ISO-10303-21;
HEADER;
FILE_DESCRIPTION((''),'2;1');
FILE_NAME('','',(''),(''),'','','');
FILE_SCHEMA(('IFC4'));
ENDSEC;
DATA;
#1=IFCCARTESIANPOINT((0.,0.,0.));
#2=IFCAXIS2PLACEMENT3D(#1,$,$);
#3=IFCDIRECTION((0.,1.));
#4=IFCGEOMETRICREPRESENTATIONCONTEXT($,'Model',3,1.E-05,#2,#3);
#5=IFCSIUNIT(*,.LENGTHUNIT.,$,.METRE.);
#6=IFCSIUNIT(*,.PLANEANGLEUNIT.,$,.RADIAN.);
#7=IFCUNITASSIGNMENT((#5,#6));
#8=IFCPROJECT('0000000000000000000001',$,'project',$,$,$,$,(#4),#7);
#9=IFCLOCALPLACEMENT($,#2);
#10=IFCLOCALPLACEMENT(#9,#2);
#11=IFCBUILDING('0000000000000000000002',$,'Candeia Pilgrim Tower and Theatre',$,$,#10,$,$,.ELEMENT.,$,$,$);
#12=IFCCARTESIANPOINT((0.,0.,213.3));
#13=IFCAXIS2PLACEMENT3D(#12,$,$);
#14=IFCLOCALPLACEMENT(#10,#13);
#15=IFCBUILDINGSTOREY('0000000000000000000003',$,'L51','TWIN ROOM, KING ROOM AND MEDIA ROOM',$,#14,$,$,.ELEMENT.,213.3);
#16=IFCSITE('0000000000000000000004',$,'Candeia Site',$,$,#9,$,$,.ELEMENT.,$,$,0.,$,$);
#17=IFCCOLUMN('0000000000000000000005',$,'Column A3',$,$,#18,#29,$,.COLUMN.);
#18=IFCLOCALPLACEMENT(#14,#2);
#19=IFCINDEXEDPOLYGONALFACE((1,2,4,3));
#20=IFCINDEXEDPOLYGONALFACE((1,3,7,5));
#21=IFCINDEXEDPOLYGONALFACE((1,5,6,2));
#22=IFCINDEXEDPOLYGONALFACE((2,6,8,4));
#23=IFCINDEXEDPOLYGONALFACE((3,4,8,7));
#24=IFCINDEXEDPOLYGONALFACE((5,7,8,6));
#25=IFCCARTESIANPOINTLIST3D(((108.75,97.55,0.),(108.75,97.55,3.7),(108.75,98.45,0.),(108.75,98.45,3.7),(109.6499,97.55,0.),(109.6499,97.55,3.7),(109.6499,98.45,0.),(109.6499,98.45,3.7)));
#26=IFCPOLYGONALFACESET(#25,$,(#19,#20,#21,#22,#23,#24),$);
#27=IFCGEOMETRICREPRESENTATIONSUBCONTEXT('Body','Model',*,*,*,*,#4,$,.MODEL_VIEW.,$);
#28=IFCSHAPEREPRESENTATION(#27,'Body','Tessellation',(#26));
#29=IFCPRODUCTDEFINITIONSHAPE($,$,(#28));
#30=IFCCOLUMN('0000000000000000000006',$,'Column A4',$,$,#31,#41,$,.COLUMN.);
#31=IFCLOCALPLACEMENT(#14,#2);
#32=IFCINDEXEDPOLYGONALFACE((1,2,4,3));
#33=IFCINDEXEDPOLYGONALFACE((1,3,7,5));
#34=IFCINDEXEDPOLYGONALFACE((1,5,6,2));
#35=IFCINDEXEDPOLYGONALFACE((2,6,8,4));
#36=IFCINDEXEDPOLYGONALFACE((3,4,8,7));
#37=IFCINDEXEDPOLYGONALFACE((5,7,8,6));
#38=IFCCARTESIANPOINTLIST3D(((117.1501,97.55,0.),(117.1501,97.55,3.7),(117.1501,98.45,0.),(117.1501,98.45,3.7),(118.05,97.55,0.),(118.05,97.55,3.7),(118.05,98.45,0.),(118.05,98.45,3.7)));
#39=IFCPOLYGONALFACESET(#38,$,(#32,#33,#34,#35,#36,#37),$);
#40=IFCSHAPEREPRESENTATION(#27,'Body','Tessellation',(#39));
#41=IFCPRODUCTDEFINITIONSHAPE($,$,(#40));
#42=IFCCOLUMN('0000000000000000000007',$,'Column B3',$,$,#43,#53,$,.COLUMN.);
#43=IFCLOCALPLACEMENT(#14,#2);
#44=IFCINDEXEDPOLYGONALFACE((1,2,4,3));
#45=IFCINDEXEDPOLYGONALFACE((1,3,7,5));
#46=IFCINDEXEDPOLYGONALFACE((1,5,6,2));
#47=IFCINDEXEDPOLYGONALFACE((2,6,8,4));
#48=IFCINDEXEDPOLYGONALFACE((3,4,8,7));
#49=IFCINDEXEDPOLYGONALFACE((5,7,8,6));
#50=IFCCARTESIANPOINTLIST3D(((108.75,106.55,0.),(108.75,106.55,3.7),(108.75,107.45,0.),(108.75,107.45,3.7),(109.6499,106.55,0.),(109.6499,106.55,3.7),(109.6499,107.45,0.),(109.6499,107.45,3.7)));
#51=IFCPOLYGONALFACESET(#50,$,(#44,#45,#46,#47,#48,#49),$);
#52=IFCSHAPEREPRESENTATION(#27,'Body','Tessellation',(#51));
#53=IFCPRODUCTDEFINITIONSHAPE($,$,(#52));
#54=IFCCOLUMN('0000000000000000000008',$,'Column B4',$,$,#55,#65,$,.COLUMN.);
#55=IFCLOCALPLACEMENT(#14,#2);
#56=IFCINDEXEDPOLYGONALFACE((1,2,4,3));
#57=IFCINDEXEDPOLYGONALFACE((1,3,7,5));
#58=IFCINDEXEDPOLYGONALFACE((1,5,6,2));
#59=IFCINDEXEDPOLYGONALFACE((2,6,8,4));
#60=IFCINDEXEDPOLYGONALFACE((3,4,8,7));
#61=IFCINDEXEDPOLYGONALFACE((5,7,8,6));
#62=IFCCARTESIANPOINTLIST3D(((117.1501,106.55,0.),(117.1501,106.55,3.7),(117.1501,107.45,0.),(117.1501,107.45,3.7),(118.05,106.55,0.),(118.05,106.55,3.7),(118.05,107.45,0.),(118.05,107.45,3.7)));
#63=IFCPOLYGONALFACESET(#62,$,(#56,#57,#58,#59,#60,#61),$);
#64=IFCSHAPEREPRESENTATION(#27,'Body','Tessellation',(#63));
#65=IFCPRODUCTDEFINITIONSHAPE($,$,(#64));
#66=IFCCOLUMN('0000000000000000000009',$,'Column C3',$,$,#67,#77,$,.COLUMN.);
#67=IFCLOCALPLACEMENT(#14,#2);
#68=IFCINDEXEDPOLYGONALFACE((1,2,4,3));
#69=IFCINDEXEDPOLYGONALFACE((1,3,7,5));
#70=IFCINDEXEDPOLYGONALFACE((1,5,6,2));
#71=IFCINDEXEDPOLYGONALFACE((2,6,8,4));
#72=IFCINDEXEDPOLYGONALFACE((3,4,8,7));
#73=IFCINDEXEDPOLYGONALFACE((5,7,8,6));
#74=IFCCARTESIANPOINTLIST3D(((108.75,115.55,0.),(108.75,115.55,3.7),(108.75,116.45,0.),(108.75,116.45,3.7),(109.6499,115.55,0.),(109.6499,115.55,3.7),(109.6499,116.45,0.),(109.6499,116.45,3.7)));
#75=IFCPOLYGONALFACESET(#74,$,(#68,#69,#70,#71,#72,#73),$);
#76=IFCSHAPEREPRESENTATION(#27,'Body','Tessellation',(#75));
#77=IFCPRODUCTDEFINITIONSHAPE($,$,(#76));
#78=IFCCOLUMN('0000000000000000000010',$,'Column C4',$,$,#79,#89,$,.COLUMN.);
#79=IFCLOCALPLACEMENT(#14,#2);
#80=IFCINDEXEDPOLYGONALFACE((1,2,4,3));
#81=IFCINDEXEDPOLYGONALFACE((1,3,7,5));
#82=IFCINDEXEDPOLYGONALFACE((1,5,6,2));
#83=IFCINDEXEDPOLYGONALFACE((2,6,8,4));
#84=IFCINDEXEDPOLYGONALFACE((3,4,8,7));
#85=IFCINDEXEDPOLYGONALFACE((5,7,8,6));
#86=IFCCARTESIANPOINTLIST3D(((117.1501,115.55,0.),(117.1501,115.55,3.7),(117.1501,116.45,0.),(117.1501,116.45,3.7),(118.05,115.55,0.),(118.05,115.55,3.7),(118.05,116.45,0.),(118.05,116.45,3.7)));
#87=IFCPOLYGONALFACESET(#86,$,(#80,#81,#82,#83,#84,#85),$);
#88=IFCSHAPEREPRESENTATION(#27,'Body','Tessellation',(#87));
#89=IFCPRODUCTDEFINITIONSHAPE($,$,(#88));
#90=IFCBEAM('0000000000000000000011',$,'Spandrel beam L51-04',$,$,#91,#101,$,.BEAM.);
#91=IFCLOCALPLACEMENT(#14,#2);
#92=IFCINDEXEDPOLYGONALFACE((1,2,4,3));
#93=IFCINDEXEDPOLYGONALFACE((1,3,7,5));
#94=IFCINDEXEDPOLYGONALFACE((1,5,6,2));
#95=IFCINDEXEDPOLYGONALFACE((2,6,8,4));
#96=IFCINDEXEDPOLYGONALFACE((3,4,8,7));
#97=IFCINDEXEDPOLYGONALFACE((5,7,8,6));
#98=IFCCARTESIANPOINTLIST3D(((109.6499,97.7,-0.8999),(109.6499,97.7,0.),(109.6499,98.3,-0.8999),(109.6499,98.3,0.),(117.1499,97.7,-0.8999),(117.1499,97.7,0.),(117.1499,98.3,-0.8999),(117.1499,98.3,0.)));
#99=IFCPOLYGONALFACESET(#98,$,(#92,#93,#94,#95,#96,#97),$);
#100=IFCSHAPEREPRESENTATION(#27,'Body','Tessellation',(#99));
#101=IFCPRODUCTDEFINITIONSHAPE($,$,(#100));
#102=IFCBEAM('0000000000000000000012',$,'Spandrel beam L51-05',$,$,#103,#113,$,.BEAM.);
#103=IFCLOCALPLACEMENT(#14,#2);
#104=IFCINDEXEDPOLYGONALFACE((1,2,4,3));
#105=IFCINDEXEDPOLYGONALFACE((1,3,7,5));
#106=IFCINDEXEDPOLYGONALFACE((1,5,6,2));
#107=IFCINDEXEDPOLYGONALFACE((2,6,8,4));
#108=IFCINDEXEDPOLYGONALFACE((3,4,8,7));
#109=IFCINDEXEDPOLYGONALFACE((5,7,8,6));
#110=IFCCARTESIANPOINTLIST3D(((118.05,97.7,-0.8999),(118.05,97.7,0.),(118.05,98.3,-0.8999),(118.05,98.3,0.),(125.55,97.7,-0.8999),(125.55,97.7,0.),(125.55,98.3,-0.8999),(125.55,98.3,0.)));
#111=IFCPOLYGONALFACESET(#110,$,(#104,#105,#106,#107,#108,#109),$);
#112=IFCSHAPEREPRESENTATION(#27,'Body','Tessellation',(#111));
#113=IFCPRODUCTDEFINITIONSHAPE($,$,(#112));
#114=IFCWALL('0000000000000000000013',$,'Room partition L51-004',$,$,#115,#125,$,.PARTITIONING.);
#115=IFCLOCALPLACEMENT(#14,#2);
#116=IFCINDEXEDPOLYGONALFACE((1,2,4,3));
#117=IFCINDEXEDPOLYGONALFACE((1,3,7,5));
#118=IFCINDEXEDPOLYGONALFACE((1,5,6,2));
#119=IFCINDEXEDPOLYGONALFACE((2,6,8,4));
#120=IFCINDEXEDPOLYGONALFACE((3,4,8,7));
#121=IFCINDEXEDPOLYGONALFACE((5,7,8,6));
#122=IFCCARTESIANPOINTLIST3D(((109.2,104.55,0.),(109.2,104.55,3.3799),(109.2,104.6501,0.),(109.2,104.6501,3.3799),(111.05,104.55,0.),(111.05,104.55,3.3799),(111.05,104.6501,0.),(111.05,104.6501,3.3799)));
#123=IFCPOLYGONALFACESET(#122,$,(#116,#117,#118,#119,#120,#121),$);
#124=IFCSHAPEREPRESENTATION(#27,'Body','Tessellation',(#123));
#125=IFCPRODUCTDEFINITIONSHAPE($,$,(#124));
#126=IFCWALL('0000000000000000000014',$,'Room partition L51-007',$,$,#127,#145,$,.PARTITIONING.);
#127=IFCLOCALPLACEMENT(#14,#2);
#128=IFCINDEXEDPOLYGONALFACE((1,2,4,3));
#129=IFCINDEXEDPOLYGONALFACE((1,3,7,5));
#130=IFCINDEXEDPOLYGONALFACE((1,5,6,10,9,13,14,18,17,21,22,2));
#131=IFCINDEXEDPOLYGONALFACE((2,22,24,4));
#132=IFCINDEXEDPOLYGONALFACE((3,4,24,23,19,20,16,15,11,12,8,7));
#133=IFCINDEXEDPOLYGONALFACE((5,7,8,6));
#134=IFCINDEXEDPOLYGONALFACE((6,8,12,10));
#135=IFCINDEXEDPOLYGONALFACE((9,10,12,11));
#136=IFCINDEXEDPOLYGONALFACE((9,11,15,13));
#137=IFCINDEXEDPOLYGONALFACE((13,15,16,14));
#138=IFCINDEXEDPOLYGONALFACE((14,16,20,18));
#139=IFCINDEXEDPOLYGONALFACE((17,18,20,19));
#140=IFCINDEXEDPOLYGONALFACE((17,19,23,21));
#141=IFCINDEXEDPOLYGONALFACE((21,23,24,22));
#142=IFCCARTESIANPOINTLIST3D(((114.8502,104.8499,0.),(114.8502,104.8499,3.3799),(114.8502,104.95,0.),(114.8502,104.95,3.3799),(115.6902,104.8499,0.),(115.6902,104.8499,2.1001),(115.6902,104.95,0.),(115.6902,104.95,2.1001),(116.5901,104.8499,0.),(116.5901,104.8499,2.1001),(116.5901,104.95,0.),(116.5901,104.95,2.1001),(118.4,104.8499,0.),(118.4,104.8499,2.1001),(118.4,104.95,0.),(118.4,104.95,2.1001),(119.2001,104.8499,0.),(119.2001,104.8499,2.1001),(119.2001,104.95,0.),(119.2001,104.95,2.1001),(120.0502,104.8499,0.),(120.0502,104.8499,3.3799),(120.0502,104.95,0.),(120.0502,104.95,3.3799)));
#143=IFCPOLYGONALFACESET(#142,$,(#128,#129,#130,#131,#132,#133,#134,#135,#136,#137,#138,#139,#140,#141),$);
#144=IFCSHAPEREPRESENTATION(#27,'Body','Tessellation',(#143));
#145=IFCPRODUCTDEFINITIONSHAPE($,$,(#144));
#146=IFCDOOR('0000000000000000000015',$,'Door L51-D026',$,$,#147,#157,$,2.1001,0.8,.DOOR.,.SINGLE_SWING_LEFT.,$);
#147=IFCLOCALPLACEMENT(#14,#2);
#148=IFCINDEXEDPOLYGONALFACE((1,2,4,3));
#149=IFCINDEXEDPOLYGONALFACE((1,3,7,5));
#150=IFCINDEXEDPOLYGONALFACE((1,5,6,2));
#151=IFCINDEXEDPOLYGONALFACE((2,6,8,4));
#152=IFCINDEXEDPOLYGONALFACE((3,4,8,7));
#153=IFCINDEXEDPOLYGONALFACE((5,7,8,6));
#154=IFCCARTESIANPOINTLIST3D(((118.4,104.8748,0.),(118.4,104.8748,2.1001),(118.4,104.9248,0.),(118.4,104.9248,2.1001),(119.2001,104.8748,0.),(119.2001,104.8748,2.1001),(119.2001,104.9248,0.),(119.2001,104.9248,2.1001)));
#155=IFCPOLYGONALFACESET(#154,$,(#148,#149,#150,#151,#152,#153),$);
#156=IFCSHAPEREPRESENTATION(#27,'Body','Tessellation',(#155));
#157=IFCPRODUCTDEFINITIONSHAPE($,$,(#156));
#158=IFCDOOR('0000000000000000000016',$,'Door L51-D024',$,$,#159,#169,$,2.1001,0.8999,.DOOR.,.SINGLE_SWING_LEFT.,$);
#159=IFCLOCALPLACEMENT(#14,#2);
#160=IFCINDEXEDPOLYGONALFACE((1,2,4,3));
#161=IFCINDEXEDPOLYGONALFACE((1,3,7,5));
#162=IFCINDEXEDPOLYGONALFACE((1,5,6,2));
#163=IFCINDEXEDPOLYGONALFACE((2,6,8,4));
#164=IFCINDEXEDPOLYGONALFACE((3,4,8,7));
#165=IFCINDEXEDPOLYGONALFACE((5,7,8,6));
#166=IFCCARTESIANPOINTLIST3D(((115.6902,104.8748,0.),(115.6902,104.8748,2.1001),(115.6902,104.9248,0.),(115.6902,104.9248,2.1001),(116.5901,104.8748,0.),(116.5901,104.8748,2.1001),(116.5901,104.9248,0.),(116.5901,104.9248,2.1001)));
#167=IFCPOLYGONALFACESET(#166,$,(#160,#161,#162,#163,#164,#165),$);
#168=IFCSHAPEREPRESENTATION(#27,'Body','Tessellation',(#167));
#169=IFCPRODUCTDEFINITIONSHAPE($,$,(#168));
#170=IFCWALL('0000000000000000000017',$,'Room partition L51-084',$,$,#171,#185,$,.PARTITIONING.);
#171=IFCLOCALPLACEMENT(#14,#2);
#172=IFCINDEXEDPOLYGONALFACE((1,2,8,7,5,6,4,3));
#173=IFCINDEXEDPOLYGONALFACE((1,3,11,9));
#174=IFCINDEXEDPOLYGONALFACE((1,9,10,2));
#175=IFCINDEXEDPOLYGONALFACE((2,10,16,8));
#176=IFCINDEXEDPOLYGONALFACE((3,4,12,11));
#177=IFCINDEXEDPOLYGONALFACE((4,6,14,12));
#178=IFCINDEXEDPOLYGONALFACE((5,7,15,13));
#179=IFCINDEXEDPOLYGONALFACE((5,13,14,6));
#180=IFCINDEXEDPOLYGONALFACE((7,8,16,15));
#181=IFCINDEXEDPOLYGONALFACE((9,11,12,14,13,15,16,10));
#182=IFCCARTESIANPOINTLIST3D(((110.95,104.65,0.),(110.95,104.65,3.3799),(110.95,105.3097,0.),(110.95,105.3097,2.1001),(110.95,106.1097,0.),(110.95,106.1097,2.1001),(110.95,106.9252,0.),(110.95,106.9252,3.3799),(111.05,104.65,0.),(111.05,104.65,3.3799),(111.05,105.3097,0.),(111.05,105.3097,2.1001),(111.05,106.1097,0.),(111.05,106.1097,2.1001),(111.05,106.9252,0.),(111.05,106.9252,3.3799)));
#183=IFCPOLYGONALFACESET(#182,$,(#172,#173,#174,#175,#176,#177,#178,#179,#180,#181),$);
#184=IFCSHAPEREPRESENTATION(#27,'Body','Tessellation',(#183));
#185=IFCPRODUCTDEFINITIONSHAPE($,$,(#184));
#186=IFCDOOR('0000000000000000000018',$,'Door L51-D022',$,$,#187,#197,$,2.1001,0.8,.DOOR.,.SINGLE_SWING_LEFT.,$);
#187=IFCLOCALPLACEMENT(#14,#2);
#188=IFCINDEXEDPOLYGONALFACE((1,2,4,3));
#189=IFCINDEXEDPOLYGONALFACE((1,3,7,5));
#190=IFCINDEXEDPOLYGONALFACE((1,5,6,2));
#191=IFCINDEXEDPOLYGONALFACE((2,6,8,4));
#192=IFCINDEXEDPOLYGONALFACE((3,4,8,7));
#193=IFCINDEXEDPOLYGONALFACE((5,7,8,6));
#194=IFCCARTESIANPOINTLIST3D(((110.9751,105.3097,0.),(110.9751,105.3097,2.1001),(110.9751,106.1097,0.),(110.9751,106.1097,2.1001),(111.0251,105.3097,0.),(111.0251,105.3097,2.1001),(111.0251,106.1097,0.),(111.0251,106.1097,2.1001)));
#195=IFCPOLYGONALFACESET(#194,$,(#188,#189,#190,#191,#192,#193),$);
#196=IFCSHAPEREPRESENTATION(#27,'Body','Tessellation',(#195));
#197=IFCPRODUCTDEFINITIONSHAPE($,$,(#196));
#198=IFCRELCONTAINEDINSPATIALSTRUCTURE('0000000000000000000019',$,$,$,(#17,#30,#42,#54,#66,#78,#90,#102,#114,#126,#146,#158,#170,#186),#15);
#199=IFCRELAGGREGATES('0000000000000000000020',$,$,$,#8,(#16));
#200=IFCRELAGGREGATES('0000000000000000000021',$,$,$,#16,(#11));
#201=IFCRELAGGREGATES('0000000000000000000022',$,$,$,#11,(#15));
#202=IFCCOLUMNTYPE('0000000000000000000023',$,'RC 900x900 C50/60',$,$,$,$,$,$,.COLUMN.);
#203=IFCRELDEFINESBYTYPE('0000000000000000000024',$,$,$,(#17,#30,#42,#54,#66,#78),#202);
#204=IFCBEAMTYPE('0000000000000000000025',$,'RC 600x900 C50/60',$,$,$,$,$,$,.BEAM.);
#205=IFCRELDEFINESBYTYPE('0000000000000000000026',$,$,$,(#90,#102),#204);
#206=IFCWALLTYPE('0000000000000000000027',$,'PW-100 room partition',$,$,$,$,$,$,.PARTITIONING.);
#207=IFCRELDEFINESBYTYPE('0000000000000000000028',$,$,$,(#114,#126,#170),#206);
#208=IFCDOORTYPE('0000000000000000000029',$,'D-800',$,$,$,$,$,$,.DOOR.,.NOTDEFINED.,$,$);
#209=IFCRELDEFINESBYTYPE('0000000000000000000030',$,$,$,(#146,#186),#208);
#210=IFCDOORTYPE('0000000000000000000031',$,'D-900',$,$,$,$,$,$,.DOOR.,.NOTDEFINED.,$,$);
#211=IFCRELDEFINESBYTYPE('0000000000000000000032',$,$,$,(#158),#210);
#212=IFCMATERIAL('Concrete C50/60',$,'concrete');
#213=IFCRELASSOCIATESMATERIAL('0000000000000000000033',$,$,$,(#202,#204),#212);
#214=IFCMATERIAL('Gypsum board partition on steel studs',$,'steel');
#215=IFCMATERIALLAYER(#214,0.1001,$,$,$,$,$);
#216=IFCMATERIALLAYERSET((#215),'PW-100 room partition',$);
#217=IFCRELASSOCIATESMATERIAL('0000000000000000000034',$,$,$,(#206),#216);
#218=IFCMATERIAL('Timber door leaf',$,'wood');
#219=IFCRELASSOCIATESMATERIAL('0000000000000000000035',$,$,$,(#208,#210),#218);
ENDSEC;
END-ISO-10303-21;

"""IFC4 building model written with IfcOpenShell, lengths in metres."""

from ifc_helpers import new_model, si_unit, direction, frame, frame_2d, origin, origin_2d, place, context, subcontext, project, spatial, rectangle, extrude, material, layer, layer_set, material_profile, profile_set, type_object, element, fill, save


model = new_model("IFC4")

# Units and contexts
model_context = context("Model", 3, precision=1e-05, world=origin(), true_north=direction((0.0, 1.0)))
body_context = subcontext(model_context, "Body", "Model", "MODEL_VIEW")
ifc_project = project(units=[si_unit("LENGTHUNIT", "METRE"), si_unit("PLANEANGLEUNIT", "RADIAN")], contexts=[model_context])

# Site, building, storey
site_placement = place(None, origin())
site = spatial("IfcSite", under=ifc_project, at=site_placement, Name="Candeia Site", CompositionType="ELEMENT", RefElevation=0.0)
building_placement = place(site_placement, origin())
building = spatial("IfcBuilding", under=site, at=building_placement, Name="Candeia Pilgrim Tower and Theatre", CompositionType="ELEMENT")
storey_placement = place(building_placement, frame((0.0, 0.0, 213.3)))
storey = spatial("IfcBuildingStorey", under=building, at=storey_placement, Name="L51", Description="TWIN ROOM, KING ROOM AND MEDIA ROOM", CompositionType="ELEMENT", Elevation=213.3)

# Columns
ifc_material_1 = material(Name="Concrete C50/60", Category="concrete")
ifc_material_profile_1 = material_profile(ifc_material_1, rectangle(XDim=0.8999, YDim=0.8999, at=origin_2d()))
ifc_profile_set_1 = profile_set([ifc_material_profile_1], Name="Concrete C50/60")
column_type = type_object("IfcColumnType", Name="RC 900x900 C50/60", PredefinedType="COLUMN", material=ifc_profile_set_1)
for number, where, z_axis, x_axis, name in (
    (1, (109.2, 98.0, 0.0), (0.0, 0.0, 1.0), (1.0, 0.0, 0.0), "Column A3"),
    (2, (117.6001, 98.0, 0.0), (0.0, 0.0, 1.0), (1.0, 0.0, 0.0), "Column A4"),
    (3, (109.2, 107.0, 0.0), (0.0, 0.0, 1.0), (1.0, 0.0, 0.0), "Column B3"),
    (4, (117.6001, 107.0, 0.0), (0.0, 0.0, 1.0), (1.0, 0.0, 0.0), "Column B4"),
    (5, (109.2, 116.0, 0.0), (0.0, 0.0, 1.0), (1.0, 0.0, 0.0), "Column C3"),
    (6, (117.6001, 116.0, 0.0), (0.0, 0.0, 1.0), (1.0, 0.0, 0.0), "Column C4"),
):
    element("IfcColumn", number, at=place(storey_placement, frame(where, z_axis=z_axis, x_axis=x_axis)), inside=storey, type_object=column_type, Name=name, PredefinedType="COLUMN", context=body_context, shape_type="SweptSolid", body=[
        extrude(rectangle(XDim=0.8999, YDim=0.8999, at=origin_2d()), origin(), (0.0, 0.0, 1.0), 3.7),
    ])

# Beams
ifc_material_profile_2 = material_profile(ifc_material_1, rectangle(XDim=0.6001, YDim=0.8999, at=origin_2d()))
ifc_profile_set_2 = profile_set([ifc_material_profile_2], Name="Concrete C50/60")
beam_type = type_object("IfcBeamType", Name="RC 600x900 C50/60", PredefinedType="BEAM", material=ifc_profile_set_2)
for number, where, z_axis, x_axis, name in (
    (7, (109.6499, 98.0, -0.45), (1.0, 0.0, 0.0), (0.0, 1.0, 0.0), "Spandrel beam L51-04"),
    (8, (118.05, 98.0, -0.45), (1.0, 0.0, 0.0), (0.0, 1.0, 0.0), "Spandrel beam L51-05"),
):
    element("IfcBeam", number, at=place(storey_placement, frame(where, z_axis=z_axis, x_axis=x_axis)), inside=storey, type_object=beam_type, Name=name, PredefinedType="BEAM", context=body_context, shape_type="SweptSolid", body=[
        extrude(rectangle(XDim=0.6001, YDim=0.8999, at=origin_2d()), origin(), (0.0, 0.0, 1.0), 7.5),
    ])

# Wall
ifc_material_2 = material(Name="Gypsum board partition on steel studs", Category="steel")
ifc_layer_1 = layer(ifc_material_2, 0.1001)
ifc_layer_set_1 = layer_set([ifc_layer_1], Name="PW-100 room partition")
wall_type_1 = type_object("IfcWallType", Name="PW-100 room partition", PredefinedType="PARTITIONING", material=ifc_layer_set_1)
wall_1_placement = place(storey_placement, frame((109.2, 104.6001, 0.0), z_axis=(0.0, 0.0, 1.0), x_axis=(1.0, 0.0, 0.0)))
element("IfcWall", 9, at=wall_1_placement, inside=storey, type_object=wall_type_1, Name="Room partition L51-004", PredefinedType="PARTITIONING", context=body_context, shape_type="SweptSolid", body=[
    extrude(rectangle(XDim=1.8501, YDim=0.1001, at=frame_2d((0.925, 0.0))), origin(), (0.0, 0.0, 1.0), 3.3799),
])

# Wall, openings, doors
wall_2_placement = place(storey_placement, frame((114.8501, 104.8999, 0.0), z_axis=(0.0, 0.0, 1.0), x_axis=(1.0, 0.0, 0.0)))
wall_2 = element("IfcWall", 10, at=wall_2_placement, inside=storey, type_object=wall_type_1, Name="Room partition L51-007", PredefinedType="PARTITIONING", context=body_context, shape_type="SweptSolid", body=[
    extrude(rectangle(XDim=5.2, YDim=0.1001, at=frame_2d((2.6001, 0.0))), origin(), (0.0, 0.0, 1.0), 3.3799),
])
opening_1_placement = place(wall_2_placement, frame((0.8401, 0.0, 0.0)))
opening_1 = element("IfcOpeningElement", 11, at=opening_1_placement, cuts=wall_2, PredefinedType="OPENING", context=body_context, shape_type="SweptSolid", body=[
    extrude(rectangle(XDim=0.8999, YDim=2.1001, at=frame_2d((0.45, 1.05))), frame((0.0, 0.0601, 0.0), z_axis=(0.0, -1.0, 0.0), x_axis=(1.0, 0.0, 0.0)), (0.0, 0.0, 1.0), 0.1201),
])
opening_2_placement = place(wall_2_placement, frame((3.55, 0.0, 0.0)))
opening_2 = element("IfcOpeningElement", 12, at=opening_2_placement, cuts=wall_2, PredefinedType="OPENING", context=body_context, shape_type="SweptSolid", body=[
    extrude(rectangle(XDim=0.8, YDim=2.1001, at=frame_2d((0.3999, 1.05))), frame((0.0, 0.0601, 0.0), z_axis=(0.0, -1.0, 0.0), x_axis=(1.0, 0.0, 0.0)), (0.0, 0.0, 1.0), 0.1201),
])
ifc_material_3 = material(Name="Timber door leaf", Category="wood")
door_type_1 = type_object("IfcDoorType", Name="D-800", OperationType="NOTDEFINED", PredefinedType="DOOR", material=ifc_material_3)
door_1_placement = place(opening_2_placement, origin())
door_1 = element("IfcDoor", 13, at=door_1_placement, inside=storey, type_object=door_type_1, Name="Door L51-D026", OperationType="SINGLE_SWING_LEFT", OverallHeight=2.1001, OverallWidth=0.8, PredefinedType="DOOR", context=body_context, shape_type="SweptSolid", body=[
    extrude(rectangle(XDim=0.8, YDim=2.1001, at=frame_2d((0.3999, 1.05))), frame((0.0, 0.0249, 0.0), z_axis=(0.0, -1.0, 0.0), x_axis=(1.0, 0.0, 0.0)), (0.0, 0.0, 1.0), 0.05),
])
fill(opening_2, door_1)
door_type_2 = type_object("IfcDoorType", Name="D-900", OperationType="NOTDEFINED", PredefinedType="DOOR", material=ifc_material_3)
door_2_placement = place(opening_1_placement, origin())
door_2 = element("IfcDoor", 14, at=door_2_placement, inside=storey, type_object=door_type_2, Name="Door L51-D024", OperationType="SINGLE_SWING_LEFT", OverallHeight=2.1001, OverallWidth=0.8999, PredefinedType="DOOR", context=body_context, shape_type="SweptSolid", body=[
    extrude(rectangle(XDim=0.8999, YDim=2.1001, at=frame_2d((0.45, 1.05))), frame((0.0, 0.0249, 0.0), z_axis=(0.0, -1.0, 0.0), x_axis=(1.0, 0.0, 0.0)), (0.0, 0.0, 1.0), 0.05),
])
fill(opening_1, door_2)

# Wall, opening, door
wall_3_placement = place(storey_placement, frame((111.0, 104.6499, 0.0), z_axis=(0.0, 0.0, 1.0), x_axis=(0.0, 1.0, 0.0)))
wall_3 = element("IfcWall", 15, at=wall_3_placement, inside=storey, type_object=wall_type_1, Name="Room partition L51-084", PredefinedType="PARTITIONING", context=body_context, shape_type="SweptSolid", body=[
    extrude(rectangle(XDim=2.2751, YDim=0.1001, at=frame_2d((1.1377, 0.0))), origin(), (0.0, 0.0, 1.0), 3.3799),
])
opening_3_placement = place(wall_3_placement, frame((0.6599, 0.0, 0.0)))
opening_3 = element("IfcOpeningElement", 16, at=opening_3_placement, cuts=wall_3, PredefinedType="OPENING", context=body_context, shape_type="SweptSolid", body=[
    extrude(rectangle(XDim=0.8, YDim=2.1001, at=frame_2d((0.3999, 1.05))), frame((0.0, 0.0601, 0.0), z_axis=(0.0, -1.0, 0.0), x_axis=(1.0, 0.0, 0.0)), (0.0, 0.0, 1.0), 0.1201),
])
door_3_placement = place(opening_3_placement, origin())
door_3 = element("IfcDoor", 17, at=door_3_placement, inside=storey, type_object=door_type_1, Name="Door L51-D022", OperationType="SINGLE_SWING_LEFT", OverallHeight=2.1001, OverallWidth=0.8, PredefinedType="DOOR", context=body_context, shape_type="SweptSolid", body=[
    extrude(rectangle(XDim=0.8, YDim=2.1001, at=frame_2d((0.3999, 1.05))), frame((0.0, 0.0249, 0.0), z_axis=(0.0, -1.0, 0.0), x_axis=(1.0, 0.0, 0.0)), (0.0, 0.0, 1.0), 0.05),
])
fill(opening_3, door_3)

save(model, "model.ifc")
